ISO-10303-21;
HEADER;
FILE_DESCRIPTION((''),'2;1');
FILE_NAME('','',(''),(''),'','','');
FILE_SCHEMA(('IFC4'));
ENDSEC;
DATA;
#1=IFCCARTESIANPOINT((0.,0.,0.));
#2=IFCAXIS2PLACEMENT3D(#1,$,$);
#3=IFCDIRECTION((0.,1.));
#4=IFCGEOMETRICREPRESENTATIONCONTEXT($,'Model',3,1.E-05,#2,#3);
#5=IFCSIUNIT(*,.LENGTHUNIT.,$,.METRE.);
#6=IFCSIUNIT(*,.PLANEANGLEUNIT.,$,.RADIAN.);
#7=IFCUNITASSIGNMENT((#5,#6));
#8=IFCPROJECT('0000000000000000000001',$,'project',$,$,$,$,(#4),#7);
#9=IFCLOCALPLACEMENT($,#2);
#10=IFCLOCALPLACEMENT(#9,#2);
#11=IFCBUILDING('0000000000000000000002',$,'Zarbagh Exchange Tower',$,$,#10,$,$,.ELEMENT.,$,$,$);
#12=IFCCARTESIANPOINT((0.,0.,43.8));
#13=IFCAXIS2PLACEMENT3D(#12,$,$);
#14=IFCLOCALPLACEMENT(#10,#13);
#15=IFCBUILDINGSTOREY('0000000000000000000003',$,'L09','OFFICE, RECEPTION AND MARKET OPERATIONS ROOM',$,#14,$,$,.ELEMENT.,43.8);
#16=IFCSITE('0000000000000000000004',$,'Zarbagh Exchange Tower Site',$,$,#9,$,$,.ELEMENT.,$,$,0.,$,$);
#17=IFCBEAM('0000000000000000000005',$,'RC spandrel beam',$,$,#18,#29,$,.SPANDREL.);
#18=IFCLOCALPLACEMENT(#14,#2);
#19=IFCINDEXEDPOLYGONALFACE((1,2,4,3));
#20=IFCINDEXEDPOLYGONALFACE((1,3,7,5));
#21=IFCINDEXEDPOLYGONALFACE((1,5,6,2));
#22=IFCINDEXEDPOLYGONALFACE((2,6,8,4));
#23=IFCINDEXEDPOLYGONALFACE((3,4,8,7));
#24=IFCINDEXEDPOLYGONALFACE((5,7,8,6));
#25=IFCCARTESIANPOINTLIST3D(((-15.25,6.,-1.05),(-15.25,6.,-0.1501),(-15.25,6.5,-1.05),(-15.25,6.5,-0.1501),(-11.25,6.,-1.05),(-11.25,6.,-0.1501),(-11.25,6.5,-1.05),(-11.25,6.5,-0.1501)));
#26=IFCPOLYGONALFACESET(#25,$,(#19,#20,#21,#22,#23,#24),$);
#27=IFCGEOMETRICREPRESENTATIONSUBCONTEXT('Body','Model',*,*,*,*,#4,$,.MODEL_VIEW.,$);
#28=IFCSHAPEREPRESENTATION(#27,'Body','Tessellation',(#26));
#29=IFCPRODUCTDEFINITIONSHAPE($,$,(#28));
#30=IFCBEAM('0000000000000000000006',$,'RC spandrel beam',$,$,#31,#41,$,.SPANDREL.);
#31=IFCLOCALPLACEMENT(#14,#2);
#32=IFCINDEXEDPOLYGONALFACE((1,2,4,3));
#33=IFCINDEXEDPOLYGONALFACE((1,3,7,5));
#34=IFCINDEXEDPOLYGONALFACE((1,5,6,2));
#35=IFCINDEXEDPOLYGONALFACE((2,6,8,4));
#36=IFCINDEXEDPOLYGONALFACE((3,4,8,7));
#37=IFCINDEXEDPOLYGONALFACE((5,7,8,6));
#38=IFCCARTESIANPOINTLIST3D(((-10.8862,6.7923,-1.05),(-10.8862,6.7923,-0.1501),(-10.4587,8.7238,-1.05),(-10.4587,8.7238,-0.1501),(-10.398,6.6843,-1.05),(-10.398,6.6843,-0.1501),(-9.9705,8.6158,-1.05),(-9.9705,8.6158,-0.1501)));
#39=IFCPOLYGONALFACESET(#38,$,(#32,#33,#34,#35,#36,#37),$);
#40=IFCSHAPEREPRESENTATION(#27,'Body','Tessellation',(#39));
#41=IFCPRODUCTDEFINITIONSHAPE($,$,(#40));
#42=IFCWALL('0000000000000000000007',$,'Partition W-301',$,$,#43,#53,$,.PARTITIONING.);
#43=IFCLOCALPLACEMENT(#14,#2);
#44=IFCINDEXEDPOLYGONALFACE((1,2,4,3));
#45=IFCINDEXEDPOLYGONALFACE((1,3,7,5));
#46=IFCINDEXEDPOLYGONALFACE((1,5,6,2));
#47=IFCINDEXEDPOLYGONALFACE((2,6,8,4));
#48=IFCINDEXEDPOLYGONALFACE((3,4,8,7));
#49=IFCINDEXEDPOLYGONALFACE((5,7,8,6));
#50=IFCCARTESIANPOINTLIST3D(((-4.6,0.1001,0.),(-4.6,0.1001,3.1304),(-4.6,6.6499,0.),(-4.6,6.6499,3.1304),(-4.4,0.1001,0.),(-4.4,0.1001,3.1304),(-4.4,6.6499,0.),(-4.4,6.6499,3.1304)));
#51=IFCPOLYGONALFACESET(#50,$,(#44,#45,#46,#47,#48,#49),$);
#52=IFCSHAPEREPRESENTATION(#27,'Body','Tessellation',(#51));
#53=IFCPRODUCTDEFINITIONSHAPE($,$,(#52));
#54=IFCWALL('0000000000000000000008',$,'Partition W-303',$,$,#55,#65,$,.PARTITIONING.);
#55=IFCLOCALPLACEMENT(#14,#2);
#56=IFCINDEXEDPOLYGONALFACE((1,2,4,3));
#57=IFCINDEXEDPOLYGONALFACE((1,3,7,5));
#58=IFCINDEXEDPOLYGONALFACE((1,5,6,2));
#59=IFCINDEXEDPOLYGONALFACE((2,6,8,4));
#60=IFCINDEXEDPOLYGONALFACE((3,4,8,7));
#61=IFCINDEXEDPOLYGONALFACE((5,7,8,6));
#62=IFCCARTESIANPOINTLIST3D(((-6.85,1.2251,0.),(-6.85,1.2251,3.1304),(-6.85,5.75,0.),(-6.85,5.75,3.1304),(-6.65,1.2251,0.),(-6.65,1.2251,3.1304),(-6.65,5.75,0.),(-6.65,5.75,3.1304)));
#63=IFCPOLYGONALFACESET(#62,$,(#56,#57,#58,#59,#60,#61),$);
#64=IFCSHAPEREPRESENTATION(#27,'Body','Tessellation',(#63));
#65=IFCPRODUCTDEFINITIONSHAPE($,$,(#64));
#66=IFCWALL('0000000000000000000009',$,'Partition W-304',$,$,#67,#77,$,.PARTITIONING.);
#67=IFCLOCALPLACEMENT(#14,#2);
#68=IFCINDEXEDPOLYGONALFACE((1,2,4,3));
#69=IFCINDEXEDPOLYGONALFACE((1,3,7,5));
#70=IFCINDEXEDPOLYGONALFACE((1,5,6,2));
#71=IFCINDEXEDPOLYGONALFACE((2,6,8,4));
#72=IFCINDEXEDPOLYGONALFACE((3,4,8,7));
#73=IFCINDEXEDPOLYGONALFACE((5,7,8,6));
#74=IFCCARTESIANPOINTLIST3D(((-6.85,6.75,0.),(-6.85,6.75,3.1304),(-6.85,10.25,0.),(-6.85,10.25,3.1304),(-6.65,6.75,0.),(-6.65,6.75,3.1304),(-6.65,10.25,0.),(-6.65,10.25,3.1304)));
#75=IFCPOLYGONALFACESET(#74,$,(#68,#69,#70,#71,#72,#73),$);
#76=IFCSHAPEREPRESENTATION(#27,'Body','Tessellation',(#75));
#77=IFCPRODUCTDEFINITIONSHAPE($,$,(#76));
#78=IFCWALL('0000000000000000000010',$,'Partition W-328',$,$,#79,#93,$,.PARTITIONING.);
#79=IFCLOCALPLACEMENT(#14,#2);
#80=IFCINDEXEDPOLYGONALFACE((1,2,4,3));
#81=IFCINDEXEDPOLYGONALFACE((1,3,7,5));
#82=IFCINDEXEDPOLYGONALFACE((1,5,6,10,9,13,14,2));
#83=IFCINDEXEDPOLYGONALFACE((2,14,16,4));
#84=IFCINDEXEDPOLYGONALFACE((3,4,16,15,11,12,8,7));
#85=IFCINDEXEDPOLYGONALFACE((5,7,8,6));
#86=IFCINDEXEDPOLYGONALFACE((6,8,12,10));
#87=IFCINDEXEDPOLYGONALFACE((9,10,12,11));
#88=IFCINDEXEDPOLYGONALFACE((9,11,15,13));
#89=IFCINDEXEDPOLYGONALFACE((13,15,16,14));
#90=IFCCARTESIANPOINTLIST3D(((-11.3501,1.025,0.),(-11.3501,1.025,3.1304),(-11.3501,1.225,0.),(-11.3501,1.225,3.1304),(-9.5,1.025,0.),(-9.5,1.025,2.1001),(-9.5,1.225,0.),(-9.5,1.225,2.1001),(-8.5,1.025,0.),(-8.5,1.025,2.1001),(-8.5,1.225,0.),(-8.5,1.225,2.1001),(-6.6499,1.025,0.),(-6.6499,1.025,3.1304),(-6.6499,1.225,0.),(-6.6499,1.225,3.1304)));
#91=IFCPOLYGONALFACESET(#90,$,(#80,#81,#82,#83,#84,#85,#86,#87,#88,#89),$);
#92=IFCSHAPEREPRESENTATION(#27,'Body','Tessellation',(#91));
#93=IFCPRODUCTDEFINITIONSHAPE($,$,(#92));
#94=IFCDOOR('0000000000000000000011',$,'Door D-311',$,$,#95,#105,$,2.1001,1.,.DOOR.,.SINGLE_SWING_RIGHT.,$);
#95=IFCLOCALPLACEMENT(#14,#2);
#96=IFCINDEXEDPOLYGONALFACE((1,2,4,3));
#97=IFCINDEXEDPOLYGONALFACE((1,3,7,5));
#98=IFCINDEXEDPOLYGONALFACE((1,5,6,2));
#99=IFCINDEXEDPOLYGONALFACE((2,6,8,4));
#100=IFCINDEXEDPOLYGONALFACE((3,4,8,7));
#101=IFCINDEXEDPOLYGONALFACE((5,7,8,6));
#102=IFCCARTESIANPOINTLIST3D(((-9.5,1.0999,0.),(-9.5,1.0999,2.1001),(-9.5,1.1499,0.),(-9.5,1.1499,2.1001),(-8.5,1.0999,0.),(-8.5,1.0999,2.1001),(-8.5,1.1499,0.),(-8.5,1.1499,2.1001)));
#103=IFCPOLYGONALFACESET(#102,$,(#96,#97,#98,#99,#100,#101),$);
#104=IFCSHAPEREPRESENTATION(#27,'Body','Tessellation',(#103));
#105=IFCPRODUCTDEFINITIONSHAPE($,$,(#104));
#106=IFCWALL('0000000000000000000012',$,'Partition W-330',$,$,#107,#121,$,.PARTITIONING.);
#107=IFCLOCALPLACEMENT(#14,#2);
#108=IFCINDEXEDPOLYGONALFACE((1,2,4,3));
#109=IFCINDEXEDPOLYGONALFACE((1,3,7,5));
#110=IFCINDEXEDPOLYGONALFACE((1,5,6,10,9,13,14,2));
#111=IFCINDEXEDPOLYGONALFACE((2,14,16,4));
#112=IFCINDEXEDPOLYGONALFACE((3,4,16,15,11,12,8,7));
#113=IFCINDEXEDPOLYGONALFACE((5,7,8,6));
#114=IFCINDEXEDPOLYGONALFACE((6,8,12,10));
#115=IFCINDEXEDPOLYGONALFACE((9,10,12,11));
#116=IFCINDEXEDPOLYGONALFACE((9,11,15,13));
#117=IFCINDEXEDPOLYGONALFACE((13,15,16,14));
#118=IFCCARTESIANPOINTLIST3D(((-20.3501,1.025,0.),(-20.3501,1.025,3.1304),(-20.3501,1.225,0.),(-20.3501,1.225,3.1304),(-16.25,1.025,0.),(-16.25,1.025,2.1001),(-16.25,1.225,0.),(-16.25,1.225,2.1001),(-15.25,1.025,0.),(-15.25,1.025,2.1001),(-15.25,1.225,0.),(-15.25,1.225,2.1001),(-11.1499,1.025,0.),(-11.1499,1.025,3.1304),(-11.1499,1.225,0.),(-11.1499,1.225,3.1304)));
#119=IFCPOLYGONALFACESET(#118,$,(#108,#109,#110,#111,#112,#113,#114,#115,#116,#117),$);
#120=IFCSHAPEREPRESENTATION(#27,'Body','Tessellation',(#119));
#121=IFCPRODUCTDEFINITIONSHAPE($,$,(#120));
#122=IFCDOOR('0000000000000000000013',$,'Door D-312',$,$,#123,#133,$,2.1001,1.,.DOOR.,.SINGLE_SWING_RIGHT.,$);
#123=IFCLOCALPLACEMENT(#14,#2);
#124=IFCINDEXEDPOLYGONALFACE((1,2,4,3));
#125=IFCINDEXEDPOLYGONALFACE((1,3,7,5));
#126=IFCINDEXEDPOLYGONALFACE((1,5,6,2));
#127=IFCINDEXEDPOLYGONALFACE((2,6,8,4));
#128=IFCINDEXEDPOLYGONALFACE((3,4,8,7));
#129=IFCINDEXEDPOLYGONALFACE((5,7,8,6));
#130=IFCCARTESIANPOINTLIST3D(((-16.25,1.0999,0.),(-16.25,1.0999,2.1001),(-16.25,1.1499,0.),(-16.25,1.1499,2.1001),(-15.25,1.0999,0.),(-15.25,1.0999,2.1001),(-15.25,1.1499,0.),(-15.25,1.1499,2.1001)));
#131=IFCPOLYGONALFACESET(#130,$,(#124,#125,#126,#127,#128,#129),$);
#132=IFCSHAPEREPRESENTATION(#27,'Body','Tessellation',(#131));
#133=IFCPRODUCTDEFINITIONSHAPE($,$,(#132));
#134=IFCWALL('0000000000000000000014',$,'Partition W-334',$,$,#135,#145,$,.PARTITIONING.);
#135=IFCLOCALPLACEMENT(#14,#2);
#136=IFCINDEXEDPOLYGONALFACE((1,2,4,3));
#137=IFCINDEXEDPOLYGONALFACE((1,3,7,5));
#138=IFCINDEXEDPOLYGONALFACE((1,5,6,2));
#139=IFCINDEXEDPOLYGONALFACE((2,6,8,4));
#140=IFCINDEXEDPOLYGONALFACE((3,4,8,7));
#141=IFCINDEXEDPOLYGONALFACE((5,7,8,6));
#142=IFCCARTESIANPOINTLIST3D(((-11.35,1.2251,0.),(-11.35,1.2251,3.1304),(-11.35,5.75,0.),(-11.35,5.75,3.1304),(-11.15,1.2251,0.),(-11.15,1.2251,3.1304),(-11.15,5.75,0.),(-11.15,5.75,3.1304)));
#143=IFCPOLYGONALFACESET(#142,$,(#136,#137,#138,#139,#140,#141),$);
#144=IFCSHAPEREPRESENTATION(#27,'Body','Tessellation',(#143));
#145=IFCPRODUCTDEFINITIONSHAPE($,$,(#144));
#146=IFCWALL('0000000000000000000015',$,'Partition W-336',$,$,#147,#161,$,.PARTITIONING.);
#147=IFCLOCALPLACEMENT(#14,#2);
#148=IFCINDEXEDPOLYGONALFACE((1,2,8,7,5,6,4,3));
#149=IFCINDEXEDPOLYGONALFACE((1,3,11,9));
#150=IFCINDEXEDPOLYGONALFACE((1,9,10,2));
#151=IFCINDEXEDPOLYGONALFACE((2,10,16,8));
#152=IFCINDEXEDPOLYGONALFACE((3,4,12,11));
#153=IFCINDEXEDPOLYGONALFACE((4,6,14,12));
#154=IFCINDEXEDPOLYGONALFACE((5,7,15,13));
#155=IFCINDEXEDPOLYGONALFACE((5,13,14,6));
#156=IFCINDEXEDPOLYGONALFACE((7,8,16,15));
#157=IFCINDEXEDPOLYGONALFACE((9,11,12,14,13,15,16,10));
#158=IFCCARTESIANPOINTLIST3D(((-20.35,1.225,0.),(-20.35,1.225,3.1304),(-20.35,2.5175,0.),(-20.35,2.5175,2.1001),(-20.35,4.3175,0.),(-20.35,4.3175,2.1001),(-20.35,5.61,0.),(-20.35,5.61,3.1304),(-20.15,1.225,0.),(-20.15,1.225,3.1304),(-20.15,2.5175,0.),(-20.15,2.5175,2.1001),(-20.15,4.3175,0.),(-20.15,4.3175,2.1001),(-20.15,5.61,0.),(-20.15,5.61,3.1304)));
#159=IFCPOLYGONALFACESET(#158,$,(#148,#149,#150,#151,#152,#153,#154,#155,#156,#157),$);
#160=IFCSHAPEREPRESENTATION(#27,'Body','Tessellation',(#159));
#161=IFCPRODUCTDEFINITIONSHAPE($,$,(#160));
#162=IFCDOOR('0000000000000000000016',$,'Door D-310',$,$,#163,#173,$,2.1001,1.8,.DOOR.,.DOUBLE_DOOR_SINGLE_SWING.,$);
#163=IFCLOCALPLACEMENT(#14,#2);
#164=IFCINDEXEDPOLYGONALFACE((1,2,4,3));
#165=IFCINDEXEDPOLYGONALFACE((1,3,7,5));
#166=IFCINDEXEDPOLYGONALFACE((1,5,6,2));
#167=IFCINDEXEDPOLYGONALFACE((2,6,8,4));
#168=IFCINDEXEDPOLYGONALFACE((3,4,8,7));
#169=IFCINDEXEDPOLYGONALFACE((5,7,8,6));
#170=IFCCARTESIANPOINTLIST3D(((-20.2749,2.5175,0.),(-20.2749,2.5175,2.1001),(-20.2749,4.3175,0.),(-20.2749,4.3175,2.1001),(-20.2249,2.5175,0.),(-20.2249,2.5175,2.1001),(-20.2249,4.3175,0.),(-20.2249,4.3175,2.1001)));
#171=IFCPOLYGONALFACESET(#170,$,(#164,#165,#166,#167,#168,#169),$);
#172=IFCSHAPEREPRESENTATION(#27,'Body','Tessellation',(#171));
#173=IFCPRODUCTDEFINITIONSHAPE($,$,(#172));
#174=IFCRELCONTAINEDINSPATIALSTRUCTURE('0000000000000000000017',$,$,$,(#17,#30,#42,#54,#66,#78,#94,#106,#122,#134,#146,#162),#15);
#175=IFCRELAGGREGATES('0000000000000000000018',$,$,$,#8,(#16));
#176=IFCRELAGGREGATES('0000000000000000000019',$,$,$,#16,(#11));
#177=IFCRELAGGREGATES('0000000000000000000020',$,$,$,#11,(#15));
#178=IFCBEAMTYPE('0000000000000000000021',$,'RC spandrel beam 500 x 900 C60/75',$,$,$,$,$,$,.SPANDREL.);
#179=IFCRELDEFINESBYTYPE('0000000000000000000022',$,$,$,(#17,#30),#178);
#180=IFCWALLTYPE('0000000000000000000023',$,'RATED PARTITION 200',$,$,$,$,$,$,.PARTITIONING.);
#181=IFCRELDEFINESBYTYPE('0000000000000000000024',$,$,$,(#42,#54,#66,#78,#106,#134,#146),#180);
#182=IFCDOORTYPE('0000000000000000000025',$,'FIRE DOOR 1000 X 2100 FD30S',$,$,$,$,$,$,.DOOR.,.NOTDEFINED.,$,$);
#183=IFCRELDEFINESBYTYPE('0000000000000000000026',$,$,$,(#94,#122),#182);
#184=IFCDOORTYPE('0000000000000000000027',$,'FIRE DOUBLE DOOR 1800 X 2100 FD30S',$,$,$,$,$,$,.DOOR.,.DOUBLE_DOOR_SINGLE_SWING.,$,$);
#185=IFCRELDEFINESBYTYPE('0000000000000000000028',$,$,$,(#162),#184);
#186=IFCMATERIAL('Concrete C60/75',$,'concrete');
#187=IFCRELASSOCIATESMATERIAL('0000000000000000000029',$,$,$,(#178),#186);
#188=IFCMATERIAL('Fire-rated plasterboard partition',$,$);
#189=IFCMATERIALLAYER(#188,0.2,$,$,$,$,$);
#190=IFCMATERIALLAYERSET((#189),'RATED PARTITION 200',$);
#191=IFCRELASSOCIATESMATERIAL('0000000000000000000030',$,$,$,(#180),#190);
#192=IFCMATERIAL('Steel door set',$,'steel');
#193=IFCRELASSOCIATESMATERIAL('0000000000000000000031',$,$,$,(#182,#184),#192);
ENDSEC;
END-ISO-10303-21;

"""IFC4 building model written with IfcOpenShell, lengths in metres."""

from ifc_helpers import new_model, si_unit, direction, frame, frame_2d, origin, origin_2d, place, context, subcontext, project, spatial, rectangle, extrude, material, layer, layer_set, material_profile, profile_set, type_object, element, fill, save


model = new_model("IFC4")

# Units and contexts
model_context = context("Model", 3, precision=1e-05, world=origin(), true_north=direction((0.0, 1.0)))
body_context = subcontext(model_context, "Body", "Model", "MODEL_VIEW")
ifc_project = project(units=[si_unit("LENGTHUNIT", "METRE"), si_unit("PLANEANGLEUNIT", "RADIAN")], contexts=[model_context])

# Site, building, storey
site_placement = place(None, origin())
site = spatial("IfcSite", under=ifc_project, at=site_placement, Name="Zarbagh Exchange Tower Site", CompositionType="ELEMENT", RefElevation=0.0)
building_placement = place(site_placement, origin())
building = spatial("IfcBuilding", under=site, at=building_placement, Name="Zarbagh Exchange Tower", CompositionType="ELEMENT")
storey_placement = place(building_placement, frame((0.0, 0.0, 43.8)))
storey = spatial("IfcBuildingStorey", under=building, at=storey_placement, Name="L09", Description="OFFICE, RECEPTION AND MARKET OPERATIONS ROOM", CompositionType="ELEMENT", Elevation=43.8)

# Shared definitions
ifc_material_1 = material(Name="Concrete C60/75", Category="concrete")

# Beams
ifc_material_profile_1 = material_profile(ifc_material_1, rectangle(XDim=0.5, YDim=0.8999, at=origin_2d()), Name="RC spandrel beam 500 x 900 C60/75")
ifc_profile_set_1 = profile_set([ifc_material_profile_1], Name="Concrete C60/75")
beam_type_1 = type_object("IfcBeamType", Name="RC spandrel beam 500 x 900 C60/75", PredefinedType="SPANDREL", material=ifc_profile_set_1)
beam_1_placement = place(storey_placement, frame((-15.25, 6.25, -0.6001), z_axis=(1.0, 0.0, 0.0), x_axis=(0.0, 1.0, 0.0)))
element("IfcBeam", 1, at=beam_1_placement, inside=storey, type_object=beam_type_1, Name="RC spandrel beam", PredefinedType="SPANDREL", context=body_context, shape_type="SweptSolid", body=[
    extrude(rectangle(XDim=0.5, YDim=0.8999, at=origin_2d()), origin(), (0.0, 0.0, 1.0), 4.0),
])
beam_2_placement = place(storey_placement, frame((-10.6421, 6.7383, -0.6001), z_axis=(0.216081, 0.976375, 0.0), x_axis=(-0.976375, 0.216081, 0.0)))
element("IfcBeam", 2, at=beam_2_placement, inside=storey, type_object=beam_type_1, Name="RC spandrel beam", PredefinedType="SPANDREL", context=body_context, shape_type="SweptSolid", body=[
    extrude(rectangle(XDim=0.5, YDim=0.8999, at=origin_2d()), origin(), (0.0, 0.0, 1.0), 1.9783),
])

# Walls
ifc_material_2 = material(Name="Fire-rated plasterboard partition")
ifc_layer = layer(ifc_material_2, 0.2)
ifc_layer_set = layer_set([ifc_layer], Name="RATED PARTITION 200")
wall_type = type_object("IfcWallType", Name="RATED PARTITION 200", PredefinedType="PARTITIONING", material=ifc_layer_set)
wall_1_placement = place(storey_placement, frame((-4.5, 0.1001, 0.0), z_axis=(0.0, 0.0, 1.0), x_axis=(0.0, 1.0, 0.0)))
element("IfcWall", 3, at=wall_1_placement, inside=storey, type_object=wall_type, Name="Partition W-301", PredefinedType="PARTITIONING", context=body_context, shape_type="SweptSolid", body=[
    extrude(rectangle(XDim=6.5498, YDim=0.2, at=frame_2d((3.2749, 0.0))), origin(), (0.0, 0.0, 1.0), 3.1304),
])
wall_2_placement = place(storey_placement, frame((-6.75, 1.2251, 0.0), z_axis=(0.0, 0.0, 1.0), x_axis=(0.0, 1.0, 0.0)))
element("IfcWall", 4, at=wall_2_placement, inside=storey, type_object=wall_type, Name="Partition W-303", PredefinedType="PARTITIONING", context=body_context, shape_type="SweptSolid", body=[
    extrude(rectangle(XDim=4.5249, YDim=0.2, at=frame_2d((2.2625, 0.0))), origin(), (0.0, 0.0, 1.0), 3.1304),
])
wall_3_placement = place(storey_placement, frame((-6.75, 6.75, 0.0), z_axis=(0.0, 0.0, 1.0), x_axis=(0.0, 1.0, 0.0)))
element("IfcWall", 5, at=wall_3_placement, inside=storey, type_object=wall_type, Name="Partition W-304", PredefinedType="PARTITIONING", context=body_context, shape_type="SweptSolid", body=[
    extrude(rectangle(XDim=3.5, YDim=0.2, at=frame_2d((1.75, 0.0))), origin(), (0.0, 0.0, 1.0), 3.1304),
])

# Walls, openings, doors
wall_4_placement = place(storey_placement, frame((-11.3501, 1.125, 0.0), z_axis=(0.0, 0.0, 1.0), x_axis=(1.0, 0.0, 0.0)))
wall_4 = element("IfcWall", 6, at=wall_4_placement, inside=storey, type_object=wall_type, Name="Partition W-328", PredefinedType="PARTITIONING", context=body_context, shape_type="SweptSolid", body=[
    extrude(rectangle(XDim=4.7002, YDim=0.2, at=frame_2d((2.3501, 0.0))), origin(), (0.0, 0.0, 1.0), 3.1304),
])
opening_1_placement = place(wall_4_placement, frame((1.8501, 0.0, 0.0)))
opening_1 = element("IfcOpeningElement", 7, at=opening_1_placement, cuts=wall_4, PredefinedType="OPENING", context=body_context, shape_type="SweptSolid", body=[
    extrude(rectangle(XDim=1.0, YDim=2.1001, at=frame_2d((0.5, 1.05))), frame((0.0, 0.1099, 0.0), z_axis=(0.0, -1.0, 0.0), x_axis=(1.0, 0.0, 0.0)), (0.0, 0.0, 1.0), 0.22),
])
ifc_material_3 = material(Name="Steel door set", Category="steel")
door_type_1 = type_object("IfcDoorType", Name="FIRE DOOR 1000 X 2100 FD30S", OperationType="NOTDEFINED", PredefinedType="DOOR", material=ifc_material_3)
door_1_placement = place(opening_1_placement, origin())
door_1 = element("IfcDoor", 8, at=door_1_placement, inside=storey, type_object=door_type_1, Name="Door D-311", OperationType="SINGLE_SWING_RIGHT", OverallHeight=2.1001, OverallWidth=1.0, PredefinedType="DOOR", context=body_context, shape_type="SweptSolid", body=[
    extrude(rectangle(XDim=1.0, YDim=2.1001, at=frame_2d((0.5, 1.05))), frame((0.0, 0.0249, 0.0), z_axis=(0.0, -1.0, 0.0), x_axis=(1.0, 0.0, 0.0)), (0.0, 0.0, 1.0), 0.05),
])
fill(opening_1, door_1)
wall_5_placement = place(storey_placement, frame((-20.3501, 1.125, 0.0), z_axis=(0.0, 0.0, 1.0), x_axis=(1.0, 0.0, 0.0)))
wall_5 = element("IfcWall", 9, at=wall_5_placement, inside=storey, type_object=wall_type, Name="Partition W-330", PredefinedType="PARTITIONING", context=body_context, shape_type="SweptSolid", body=[
    extrude(rectangle(XDim=9.2002, YDim=0.2, at=frame_2d((4.6001, 0.0))), origin(), (0.0, 0.0, 1.0), 3.1304),
])
opening_2_placement = place(wall_5_placement, frame((4.1001, 0.0, 0.0)))
opening_2 = element("IfcOpeningElement", 10, at=opening_2_placement, cuts=wall_5, PredefinedType="OPENING", context=body_context, shape_type="SweptSolid", body=[
    extrude(rectangle(XDim=1.0, YDim=2.1001, at=frame_2d((0.5, 1.05))), frame((0.0, 0.1099, 0.0), z_axis=(0.0, -1.0, 0.0), x_axis=(1.0, 0.0, 0.0)), (0.0, 0.0, 1.0), 0.22),
])
door_2_placement = place(opening_2_placement, origin())
door_2 = element("IfcDoor", 11, at=door_2_placement, inside=storey, type_object=door_type_1, Name="Door D-312", OperationType="SINGLE_SWING_RIGHT", OverallHeight=2.1001, OverallWidth=1.0, PredefinedType="DOOR", context=body_context, shape_type="SweptSolid", body=[
    extrude(rectangle(XDim=1.0, YDim=2.1001, at=frame_2d((0.5, 1.05))), frame((0.0, 0.0249, 0.0), z_axis=(0.0, -1.0, 0.0), x_axis=(1.0, 0.0, 0.0)), (0.0, 0.0, 1.0), 0.05),
])
fill(opening_2, door_2)

# Wall
wall_6_placement = place(storey_placement, frame((-11.25, 1.2251, 0.0), z_axis=(0.0, 0.0, 1.0), x_axis=(0.0, 1.0, 0.0)))
element("IfcWall", 12, at=wall_6_placement, inside=storey, type_object=wall_type, Name="Partition W-334", PredefinedType="PARTITIONING", context=body_context, shape_type="SweptSolid", body=[
    extrude(rectangle(XDim=4.5249, YDim=0.2, at=frame_2d((2.2625, 0.0))), origin(), (0.0, 0.0, 1.0), 3.1304),
])

# Wall, opening, door
wall_7_placement = place(storey_placement, frame((-20.25, 1.2251, 0.0), z_axis=(0.0, 0.0, 1.0), x_axis=(0.0, 1.0, 0.0)))
wall_7 = element("IfcWall", 13, at=wall_7_placement, inside=storey, type_object=wall_type, Name="Partition W-336", PredefinedType="PARTITIONING", context=body_context, shape_type="SweptSolid", body=[
    extrude(rectangle(XDim=4.385, YDim=0.2, at=frame_2d((2.1924, 0.0))), origin(), (0.0, 0.0, 1.0), 3.1304),
])
opening_3_placement = place(wall_7_placement, frame((1.2925, 0.0, 0.0)))
opening_3 = element("IfcOpeningElement", 14, at=opening_3_placement, cuts=wall_7, PredefinedType="OPENING", context=body_context, shape_type="SweptSolid", body=[
    extrude(rectangle(XDim=1.8, YDim=2.1001, at=frame_2d((0.8999, 1.05))), frame((0.0, 0.1099, 0.0), z_axis=(0.0, -1.0, 0.0), x_axis=(1.0, 0.0, 0.0)), (0.0, 0.0, 1.0), 0.22),
])
door_type_2 = type_object("IfcDoorType", Name="FIRE DOUBLE DOOR 1800 X 2100 FD30S", OperationType="DOUBLE_DOOR_SINGLE_SWING", PredefinedType="DOOR", material=ifc_material_3)
door_3_placement = place(opening_3_placement, origin())
door_3 = element("IfcDoor", 15, at=door_3_placement, inside=storey, type_object=door_type_2, Name="Door D-310", OperationType="DOUBLE_DOOR_SINGLE_SWING", OverallHeight=2.1001, OverallWidth=1.8, PredefinedType="DOOR", context=body_context, shape_type="SweptSolid", body=[
    extrude(rectangle(XDim=1.8, YDim=2.1001, at=frame_2d((0.8999, 1.05))), frame((0.0, 0.0249, 0.0), z_axis=(0.0, -1.0, 0.0), x_axis=(1.0, 0.0, 0.0)), (0.0, 0.0, 1.0), 0.05),
])
fill(opening_3, door_3)

save(model, "model.ifc")
